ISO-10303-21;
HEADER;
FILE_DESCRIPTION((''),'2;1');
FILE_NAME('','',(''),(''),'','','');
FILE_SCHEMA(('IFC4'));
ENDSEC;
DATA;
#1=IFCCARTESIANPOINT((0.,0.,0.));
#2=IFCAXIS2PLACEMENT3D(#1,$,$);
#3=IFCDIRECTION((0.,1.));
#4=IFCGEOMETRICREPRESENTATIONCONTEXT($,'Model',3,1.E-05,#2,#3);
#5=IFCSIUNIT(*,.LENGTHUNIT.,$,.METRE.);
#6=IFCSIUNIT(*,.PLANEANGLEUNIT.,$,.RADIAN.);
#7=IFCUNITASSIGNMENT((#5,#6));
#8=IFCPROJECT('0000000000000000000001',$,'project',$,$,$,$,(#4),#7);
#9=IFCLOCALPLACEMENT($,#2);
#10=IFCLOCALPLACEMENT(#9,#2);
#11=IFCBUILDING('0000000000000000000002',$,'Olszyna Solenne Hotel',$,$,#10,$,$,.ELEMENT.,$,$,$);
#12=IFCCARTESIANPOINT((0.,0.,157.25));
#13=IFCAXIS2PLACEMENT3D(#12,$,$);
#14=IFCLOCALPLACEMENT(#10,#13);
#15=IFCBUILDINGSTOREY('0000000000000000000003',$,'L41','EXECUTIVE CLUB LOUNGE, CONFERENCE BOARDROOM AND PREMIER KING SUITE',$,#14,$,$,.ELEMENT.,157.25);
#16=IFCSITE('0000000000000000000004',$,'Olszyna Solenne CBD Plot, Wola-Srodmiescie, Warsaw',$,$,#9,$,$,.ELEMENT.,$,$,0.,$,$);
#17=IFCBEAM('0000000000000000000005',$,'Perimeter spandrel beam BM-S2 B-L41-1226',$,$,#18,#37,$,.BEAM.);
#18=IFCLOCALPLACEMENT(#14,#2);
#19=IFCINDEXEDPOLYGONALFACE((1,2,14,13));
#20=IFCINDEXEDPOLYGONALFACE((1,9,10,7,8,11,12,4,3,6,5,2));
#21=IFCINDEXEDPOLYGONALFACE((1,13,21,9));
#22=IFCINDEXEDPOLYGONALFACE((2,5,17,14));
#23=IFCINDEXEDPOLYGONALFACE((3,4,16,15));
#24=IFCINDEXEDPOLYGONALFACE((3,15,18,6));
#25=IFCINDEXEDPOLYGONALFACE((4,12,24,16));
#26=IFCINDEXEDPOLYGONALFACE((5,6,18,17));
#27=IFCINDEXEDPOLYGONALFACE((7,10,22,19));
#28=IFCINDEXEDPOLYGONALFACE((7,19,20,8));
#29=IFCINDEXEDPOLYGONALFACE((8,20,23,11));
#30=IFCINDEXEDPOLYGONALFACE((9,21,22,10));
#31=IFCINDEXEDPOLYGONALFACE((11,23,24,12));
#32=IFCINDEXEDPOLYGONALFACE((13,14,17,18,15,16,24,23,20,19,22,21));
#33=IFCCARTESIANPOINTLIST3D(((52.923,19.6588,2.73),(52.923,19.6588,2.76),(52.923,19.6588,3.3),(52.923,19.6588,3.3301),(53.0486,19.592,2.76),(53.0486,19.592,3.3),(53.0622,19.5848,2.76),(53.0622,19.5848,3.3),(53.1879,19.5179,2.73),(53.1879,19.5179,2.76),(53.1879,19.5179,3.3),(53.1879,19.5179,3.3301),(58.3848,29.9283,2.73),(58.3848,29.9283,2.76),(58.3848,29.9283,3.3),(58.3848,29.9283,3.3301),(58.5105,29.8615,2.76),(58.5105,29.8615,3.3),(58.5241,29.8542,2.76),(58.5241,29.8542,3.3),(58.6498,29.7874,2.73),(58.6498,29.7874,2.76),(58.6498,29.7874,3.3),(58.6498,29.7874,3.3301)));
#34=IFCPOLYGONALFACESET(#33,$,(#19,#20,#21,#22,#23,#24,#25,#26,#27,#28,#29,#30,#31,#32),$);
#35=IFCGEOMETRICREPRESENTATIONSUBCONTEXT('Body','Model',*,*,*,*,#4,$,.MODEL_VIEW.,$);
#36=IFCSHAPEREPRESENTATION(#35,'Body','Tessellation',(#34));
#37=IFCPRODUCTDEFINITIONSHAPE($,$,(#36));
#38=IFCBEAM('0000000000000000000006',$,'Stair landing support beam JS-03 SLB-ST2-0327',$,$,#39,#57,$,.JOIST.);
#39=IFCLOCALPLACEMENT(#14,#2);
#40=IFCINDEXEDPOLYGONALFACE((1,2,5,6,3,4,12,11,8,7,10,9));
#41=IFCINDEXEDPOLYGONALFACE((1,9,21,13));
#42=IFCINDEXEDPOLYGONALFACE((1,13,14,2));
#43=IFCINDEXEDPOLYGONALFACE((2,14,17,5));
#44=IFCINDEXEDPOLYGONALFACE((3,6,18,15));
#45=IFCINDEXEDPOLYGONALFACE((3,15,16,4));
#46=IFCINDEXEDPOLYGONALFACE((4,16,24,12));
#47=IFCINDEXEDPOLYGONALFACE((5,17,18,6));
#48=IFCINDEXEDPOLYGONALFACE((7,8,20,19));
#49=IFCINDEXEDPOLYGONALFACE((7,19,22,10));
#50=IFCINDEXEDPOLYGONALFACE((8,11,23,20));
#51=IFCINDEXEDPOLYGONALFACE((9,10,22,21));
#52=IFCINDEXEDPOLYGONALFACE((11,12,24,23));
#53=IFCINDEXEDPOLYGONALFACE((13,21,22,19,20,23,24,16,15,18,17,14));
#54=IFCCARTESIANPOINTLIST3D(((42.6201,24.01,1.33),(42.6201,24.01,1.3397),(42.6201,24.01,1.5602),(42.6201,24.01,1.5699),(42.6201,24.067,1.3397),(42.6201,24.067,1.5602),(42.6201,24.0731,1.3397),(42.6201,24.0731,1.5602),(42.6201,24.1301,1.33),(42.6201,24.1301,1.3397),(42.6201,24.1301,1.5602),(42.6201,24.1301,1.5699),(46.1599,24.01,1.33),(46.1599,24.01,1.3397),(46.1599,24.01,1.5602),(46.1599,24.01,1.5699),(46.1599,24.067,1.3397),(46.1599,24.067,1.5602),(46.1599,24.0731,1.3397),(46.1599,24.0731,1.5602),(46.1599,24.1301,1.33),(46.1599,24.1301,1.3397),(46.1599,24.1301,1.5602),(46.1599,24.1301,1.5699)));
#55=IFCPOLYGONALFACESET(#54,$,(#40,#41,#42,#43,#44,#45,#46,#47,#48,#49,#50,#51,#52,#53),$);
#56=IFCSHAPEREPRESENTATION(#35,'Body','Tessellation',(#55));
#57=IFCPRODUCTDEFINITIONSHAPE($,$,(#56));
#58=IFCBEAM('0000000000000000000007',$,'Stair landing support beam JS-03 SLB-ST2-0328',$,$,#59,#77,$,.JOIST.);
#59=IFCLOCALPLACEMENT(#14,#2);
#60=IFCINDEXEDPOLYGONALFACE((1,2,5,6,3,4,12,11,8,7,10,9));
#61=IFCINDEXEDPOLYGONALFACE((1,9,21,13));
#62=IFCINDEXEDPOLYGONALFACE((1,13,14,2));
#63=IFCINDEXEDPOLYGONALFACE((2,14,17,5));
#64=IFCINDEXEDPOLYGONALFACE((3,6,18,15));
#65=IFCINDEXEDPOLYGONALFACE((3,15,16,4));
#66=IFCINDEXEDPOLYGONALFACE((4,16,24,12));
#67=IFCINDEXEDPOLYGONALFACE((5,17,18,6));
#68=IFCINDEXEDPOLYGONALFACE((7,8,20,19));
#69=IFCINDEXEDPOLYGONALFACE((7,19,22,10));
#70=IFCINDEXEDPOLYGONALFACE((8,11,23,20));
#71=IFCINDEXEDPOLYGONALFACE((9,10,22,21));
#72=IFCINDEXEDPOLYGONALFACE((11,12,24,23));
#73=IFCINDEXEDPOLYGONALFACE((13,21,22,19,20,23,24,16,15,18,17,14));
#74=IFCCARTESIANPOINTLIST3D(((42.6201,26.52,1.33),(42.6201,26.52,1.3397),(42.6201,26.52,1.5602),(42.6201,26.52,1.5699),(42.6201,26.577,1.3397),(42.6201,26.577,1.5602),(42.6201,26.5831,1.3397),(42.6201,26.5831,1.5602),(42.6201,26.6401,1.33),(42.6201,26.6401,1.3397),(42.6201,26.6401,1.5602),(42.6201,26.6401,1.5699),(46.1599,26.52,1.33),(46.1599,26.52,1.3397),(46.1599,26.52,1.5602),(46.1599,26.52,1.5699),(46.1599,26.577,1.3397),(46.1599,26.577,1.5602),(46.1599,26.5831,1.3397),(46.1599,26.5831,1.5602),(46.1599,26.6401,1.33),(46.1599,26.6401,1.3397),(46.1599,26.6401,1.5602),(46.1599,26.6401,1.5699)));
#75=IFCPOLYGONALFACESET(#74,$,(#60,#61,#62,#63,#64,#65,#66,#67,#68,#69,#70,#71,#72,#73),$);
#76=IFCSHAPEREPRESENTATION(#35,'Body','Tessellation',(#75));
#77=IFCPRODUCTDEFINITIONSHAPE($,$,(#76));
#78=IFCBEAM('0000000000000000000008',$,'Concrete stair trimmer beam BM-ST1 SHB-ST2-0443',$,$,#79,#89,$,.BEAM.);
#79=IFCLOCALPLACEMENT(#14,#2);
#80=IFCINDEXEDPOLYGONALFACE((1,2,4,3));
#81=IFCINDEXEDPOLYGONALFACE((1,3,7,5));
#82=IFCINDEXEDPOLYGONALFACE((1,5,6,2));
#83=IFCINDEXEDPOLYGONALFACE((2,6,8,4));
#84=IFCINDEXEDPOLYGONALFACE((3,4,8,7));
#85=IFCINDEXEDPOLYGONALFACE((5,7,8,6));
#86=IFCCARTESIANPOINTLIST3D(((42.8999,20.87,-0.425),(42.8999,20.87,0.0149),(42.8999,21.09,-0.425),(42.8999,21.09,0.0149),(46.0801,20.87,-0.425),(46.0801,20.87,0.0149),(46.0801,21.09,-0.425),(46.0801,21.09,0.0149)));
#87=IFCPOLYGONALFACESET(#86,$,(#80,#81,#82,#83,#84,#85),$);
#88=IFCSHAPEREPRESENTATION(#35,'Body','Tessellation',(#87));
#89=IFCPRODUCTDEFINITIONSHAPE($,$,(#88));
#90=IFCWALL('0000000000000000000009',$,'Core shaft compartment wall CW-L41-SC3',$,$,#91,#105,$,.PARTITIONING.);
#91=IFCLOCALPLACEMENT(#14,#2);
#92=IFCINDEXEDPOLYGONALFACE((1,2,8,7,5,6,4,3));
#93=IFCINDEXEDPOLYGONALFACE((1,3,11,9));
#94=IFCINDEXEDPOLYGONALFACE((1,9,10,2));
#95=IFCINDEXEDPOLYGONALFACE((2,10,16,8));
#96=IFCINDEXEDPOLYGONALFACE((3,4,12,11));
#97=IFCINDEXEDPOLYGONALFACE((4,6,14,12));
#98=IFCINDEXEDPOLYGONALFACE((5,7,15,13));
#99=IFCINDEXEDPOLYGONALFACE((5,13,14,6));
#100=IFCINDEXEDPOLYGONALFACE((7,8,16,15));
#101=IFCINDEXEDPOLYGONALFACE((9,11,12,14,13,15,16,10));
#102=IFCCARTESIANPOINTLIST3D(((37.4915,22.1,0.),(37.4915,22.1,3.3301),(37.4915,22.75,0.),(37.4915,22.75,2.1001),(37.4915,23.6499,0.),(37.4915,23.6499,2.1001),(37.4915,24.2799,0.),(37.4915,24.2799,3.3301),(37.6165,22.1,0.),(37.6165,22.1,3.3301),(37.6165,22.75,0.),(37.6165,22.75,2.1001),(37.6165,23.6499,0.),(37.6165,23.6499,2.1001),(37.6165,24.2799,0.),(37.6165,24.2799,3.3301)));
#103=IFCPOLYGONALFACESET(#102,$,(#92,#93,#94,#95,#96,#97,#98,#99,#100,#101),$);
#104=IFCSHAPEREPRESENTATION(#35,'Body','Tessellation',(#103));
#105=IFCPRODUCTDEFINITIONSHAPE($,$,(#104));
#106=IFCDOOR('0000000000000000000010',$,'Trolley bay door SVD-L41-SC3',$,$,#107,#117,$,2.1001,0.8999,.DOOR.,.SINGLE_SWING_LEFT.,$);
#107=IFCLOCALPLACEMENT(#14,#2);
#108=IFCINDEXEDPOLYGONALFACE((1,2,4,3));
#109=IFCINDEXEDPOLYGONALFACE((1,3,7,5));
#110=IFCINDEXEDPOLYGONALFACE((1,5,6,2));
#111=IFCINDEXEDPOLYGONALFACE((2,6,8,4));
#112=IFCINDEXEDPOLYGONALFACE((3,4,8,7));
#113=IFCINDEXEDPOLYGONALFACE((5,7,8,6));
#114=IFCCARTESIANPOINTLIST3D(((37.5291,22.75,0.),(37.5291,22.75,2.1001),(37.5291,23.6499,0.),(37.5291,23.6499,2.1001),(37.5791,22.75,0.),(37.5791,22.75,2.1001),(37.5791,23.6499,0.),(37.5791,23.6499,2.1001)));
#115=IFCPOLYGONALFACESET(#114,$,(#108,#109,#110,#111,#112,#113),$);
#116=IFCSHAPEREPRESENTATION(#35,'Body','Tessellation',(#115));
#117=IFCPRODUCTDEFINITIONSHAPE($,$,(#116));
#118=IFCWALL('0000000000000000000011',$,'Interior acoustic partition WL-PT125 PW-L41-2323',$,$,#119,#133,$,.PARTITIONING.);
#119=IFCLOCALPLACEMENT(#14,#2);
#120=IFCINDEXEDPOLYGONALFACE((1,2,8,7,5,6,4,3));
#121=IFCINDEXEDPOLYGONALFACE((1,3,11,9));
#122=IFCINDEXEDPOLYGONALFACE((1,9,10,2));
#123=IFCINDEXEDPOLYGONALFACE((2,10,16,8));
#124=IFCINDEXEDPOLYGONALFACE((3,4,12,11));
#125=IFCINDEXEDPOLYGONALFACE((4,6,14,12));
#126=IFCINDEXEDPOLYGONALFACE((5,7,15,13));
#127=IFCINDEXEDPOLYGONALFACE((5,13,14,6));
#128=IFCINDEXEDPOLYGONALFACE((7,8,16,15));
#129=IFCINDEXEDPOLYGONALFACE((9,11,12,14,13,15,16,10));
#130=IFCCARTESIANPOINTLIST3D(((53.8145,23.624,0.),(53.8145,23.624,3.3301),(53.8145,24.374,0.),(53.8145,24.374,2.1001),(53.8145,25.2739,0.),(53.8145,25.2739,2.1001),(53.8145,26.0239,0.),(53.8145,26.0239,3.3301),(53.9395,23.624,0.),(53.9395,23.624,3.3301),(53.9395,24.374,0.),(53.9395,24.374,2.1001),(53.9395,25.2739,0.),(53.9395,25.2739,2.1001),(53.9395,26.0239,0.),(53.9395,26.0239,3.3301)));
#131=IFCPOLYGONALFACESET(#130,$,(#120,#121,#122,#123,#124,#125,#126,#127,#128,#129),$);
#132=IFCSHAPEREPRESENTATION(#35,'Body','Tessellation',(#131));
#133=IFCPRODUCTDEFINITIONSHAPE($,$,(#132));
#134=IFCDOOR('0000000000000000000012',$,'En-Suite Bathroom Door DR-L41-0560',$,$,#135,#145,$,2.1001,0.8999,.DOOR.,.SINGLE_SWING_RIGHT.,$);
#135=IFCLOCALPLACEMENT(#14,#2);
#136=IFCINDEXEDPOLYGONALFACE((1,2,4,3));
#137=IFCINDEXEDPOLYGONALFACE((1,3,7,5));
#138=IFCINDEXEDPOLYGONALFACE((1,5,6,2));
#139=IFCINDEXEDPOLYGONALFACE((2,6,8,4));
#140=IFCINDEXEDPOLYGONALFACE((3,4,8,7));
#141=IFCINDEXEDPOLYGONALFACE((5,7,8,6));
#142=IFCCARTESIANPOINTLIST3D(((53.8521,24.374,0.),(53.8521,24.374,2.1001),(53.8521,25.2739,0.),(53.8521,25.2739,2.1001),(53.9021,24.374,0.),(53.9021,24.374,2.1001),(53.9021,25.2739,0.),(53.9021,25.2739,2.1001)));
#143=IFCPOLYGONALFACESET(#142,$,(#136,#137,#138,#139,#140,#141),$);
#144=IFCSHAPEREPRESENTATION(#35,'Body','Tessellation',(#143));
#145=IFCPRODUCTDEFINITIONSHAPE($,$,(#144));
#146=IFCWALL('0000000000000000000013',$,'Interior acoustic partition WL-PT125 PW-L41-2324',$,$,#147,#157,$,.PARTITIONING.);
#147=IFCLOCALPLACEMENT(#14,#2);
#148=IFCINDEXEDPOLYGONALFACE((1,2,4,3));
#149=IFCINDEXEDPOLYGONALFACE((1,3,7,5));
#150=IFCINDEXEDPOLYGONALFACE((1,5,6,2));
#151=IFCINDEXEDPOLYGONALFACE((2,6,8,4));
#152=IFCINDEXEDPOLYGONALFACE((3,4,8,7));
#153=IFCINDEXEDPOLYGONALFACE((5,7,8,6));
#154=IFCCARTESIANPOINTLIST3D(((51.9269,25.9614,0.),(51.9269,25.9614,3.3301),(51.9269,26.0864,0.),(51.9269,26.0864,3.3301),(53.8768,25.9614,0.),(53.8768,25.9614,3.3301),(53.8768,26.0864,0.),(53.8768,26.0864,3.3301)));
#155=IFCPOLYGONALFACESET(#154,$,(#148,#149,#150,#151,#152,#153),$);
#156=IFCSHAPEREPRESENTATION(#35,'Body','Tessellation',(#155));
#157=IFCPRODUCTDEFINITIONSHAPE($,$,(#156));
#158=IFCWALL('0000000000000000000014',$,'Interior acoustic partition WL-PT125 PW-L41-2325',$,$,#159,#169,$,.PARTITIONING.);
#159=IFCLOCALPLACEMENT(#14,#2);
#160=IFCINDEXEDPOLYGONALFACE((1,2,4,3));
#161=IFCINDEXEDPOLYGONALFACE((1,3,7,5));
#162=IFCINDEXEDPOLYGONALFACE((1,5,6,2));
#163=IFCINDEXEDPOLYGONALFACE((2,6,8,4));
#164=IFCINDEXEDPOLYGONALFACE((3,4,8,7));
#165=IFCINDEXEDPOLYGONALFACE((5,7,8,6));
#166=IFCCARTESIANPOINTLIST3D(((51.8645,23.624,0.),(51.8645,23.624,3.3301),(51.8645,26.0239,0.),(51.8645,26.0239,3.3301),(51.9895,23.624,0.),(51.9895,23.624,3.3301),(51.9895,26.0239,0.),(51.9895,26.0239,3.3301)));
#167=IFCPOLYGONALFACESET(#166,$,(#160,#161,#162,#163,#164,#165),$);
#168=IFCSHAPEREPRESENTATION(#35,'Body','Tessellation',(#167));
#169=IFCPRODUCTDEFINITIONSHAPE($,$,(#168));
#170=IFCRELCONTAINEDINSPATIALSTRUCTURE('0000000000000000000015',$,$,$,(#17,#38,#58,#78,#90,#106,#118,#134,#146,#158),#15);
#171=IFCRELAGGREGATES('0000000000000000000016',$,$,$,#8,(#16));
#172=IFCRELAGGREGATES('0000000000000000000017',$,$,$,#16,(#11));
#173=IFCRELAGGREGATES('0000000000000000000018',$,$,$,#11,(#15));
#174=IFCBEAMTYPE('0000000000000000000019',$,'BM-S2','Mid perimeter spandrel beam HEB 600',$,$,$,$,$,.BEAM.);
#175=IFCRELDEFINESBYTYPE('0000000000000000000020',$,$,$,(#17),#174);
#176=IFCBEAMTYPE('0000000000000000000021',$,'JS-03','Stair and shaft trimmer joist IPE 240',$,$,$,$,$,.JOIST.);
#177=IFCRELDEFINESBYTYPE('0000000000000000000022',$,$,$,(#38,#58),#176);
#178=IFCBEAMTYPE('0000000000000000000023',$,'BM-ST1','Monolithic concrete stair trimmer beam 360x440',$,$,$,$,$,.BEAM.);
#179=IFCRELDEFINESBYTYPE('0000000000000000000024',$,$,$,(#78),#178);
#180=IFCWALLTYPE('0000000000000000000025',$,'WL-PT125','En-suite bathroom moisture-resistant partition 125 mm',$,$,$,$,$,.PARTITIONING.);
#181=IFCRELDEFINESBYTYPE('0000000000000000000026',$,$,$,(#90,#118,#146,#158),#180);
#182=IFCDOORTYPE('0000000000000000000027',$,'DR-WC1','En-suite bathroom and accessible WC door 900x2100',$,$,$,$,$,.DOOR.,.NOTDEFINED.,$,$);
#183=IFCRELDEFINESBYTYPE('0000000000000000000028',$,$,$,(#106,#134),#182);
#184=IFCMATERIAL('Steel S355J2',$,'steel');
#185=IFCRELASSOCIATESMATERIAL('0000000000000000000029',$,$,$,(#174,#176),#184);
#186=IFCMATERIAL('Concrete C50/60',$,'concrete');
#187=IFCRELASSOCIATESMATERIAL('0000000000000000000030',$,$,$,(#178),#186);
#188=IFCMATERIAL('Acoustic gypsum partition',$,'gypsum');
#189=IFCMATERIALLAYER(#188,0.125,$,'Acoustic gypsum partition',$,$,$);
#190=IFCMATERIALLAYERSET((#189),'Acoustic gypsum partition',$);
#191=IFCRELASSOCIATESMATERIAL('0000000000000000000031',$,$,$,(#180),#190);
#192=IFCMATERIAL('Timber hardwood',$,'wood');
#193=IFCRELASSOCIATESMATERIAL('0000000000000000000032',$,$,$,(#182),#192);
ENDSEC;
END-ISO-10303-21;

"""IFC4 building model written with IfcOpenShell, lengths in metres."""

from ifc_helpers import new_model, si_unit, direction, frame, frame_2d, origin, origin_2d, place, context, subcontext, project, spatial, rectangle, i_section, extrude, source, transform, mapped, material, layer, layer_set, material_profile, profile_set, type_object, type_shapes, element, fill, save


model = new_model("IFC4")

# Units and contexts
model_context = context("Model", 3, precision=1e-05, world=origin(), true_north=direction((0.0, 1.0)))
body_context = subcontext(model_context, "Body", "Model", "MODEL_VIEW")
ifc_project = project(units=[si_unit("LENGTHUNIT", "METRE"), si_unit("PLANEANGLEUNIT", "RADIAN")], contexts=[model_context])

# Site, building, storey
site_placement = place(None, origin())
site = spatial("IfcSite", under=ifc_project, at=site_placement, Name="Olszyna Solenne CBD Plot, Wola-Srodmiescie, Warsaw", CompositionType="ELEMENT", RefElevation=0.0)
building_placement = place(site_placement, origin())
building = spatial("IfcBuilding", under=site, at=building_placement, Name="Olszyna Solenne Hotel", CompositionType="ELEMENT")
storey_placement = place(building_placement, frame((0.0, 0.0, 157.25)))
storey = spatial("IfcBuildingStorey", under=building, at=storey_placement, Name="L41", Description="EXECUTIVE CLUB LOUNGE, CONFERENCE BOARDROOM AND PREMIER KING SUITE", CompositionType="ELEMENT", Elevation=157.25)

# Beams
ifc_material_1 = material(Name="Steel S355J2", Category="steel")
ifc_material_profile_1 = material_profile(ifc_material_1, i_section(OverallWidth=0.3, OverallDepth=0.6001, WebThickness=0.0154, FlangeThickness=0.03, at=origin_2d()), Name="HEB 600", Category="load-bearing")
ifc_profile_set_1 = profile_set([ifc_material_profile_1], Name="Steel S355J2")
beam_type_1 = type_object("IfcBeamType", Name="BM-S2", Description="Mid perimeter spandrel beam HEB 600", PredefinedType="BEAM", material=ifc_profile_set_1)
shared_shape_1 = source(origin(), body_context, "Body", "SweptSolid", [
    extrude(i_section(OverallWidth=0.3, OverallDepth=0.6001, WebThickness=0.0154, FlangeThickness=0.03, at=origin_2d()), origin(), (0.0, 0.0, 1.0), 11.6316),
])
beam_1_placement = place(storey_placement, frame((53.0554, 19.5884, 3.03), z_axis=(0.469573, 0.882894, 0.0), x_axis=(-0.882894, 0.469573, 0.0)))
element("IfcBeam", 1, at=beam_1_placement, inside=storey, type_object=beam_type_1, Name="Perimeter spandrel beam BM-S2 B-L41-1226", PredefinedType="BEAM", context=body_context, shape_type="MappedRepresentation", body=[
    mapped(shared_shape_1, transform((0.0, 0.0, 0.0), x_axis=(1.0, 0.0, 0.0), y_axis=(0.0, 1.0, 0.0), z_axis=(0.0, 0.0, 1.0), scale=1.0)),
])
ifc_material_profile_2 = material_profile(ifc_material_1, i_section(OverallWidth=0.1201, OverallDepth=0.24, WebThickness=0.0061, FlangeThickness=0.0098, at=origin_2d()), Name="IPE 240", Category="load-bearing")
ifc_profile_set_2 = profile_set([ifc_material_profile_2], Name="Steel S355J2")
beam_type_2 = type_object("IfcBeamType", Name="JS-03", Description="Stair and shaft trimmer joist IPE 240", PredefinedType="JOIST", material=ifc_profile_set_2)
shared_shape_2 = source(origin(), body_context, "Body", "SweptSolid", [
    extrude(i_section(OverallWidth=0.1201, OverallDepth=0.24, WebThickness=0.0061, FlangeThickness=0.0098, at=origin_2d()), origin(), (0.0, 0.0, 1.0), 3.5398),
])
for number, where, z_axis, x_axis, name in (
    (2, (46.1599, 24.0701, 1.45), (-1.0, 0.0, 0.0), (0.0, -1.0, 0.0), "Stair landing support beam JS-03 SLB-ST2-0327"),
    (3, (46.1599, 26.5801, 1.45), (-1.0, 0.0, 0.0), (0.0, -1.0, 0.0), "Stair landing support beam JS-03 SLB-ST2-0328"),
):
    element("IfcBeam", number, at=place(storey_placement, frame(where, z_axis=z_axis, x_axis=x_axis)), inside=storey, type_object=beam_type_2, Name=name, PredefinedType="JOIST", context=body_context, shape_type="MappedRepresentation", body=[
        mapped(shared_shape_2, transform((0.0, 0.0, 0.0), x_axis=(1.0, 0.0, 0.0), y_axis=(0.0, 1.0, 0.0), z_axis=(0.0, 0.0, 1.0), scale=1.0)),
    ])
ifc_material_2 = material(Name="Concrete C50/60", Category="concrete")
ifc_material_profile_3 = material_profile(ifc_material_2, rectangle(XDim=0.22, YDim=0.4399, at=origin_2d()), Name="RC 220x440", Category="load-bearing")
ifc_profile_set_3 = profile_set([ifc_material_profile_3], Name="Concrete C50/60")
beam_type_3 = type_object("IfcBeamType", Name="BM-ST1", Description="Monolithic concrete stair trimmer beam 360x440", PredefinedType="BEAM", material=ifc_profile_set_3)
shared_shape_3 = source(origin(), body_context, "Body", "SweptSolid", [
    extrude(rectangle(XDim=0.22, YDim=0.4399, at=origin_2d()), origin(), (0.0, 0.0, 1.0), 3.1802),
])
beam_2_placement = place(storey_placement, frame((46.0801, 20.98, -0.2051), z_axis=(-1.0, 0.0, 0.0), x_axis=(0.0, -1.0, 0.0)))
element("IfcBeam", 4, at=beam_2_placement, inside=storey, type_object=beam_type_3, Name="Concrete stair trimmer beam BM-ST1 SHB-ST2-0443", PredefinedType="BEAM", context=body_context, shape_type="MappedRepresentation", body=[
    mapped(shared_shape_3, transform((0.0, 0.0, 0.0), x_axis=(1.0, 0.0, 0.0), y_axis=(0.0, 1.0, 0.0), z_axis=(0.0, 0.0, 1.0), scale=1.0)),
])

# Walls, openings, doors
ifc_material_3 = material(Name="Acoustic gypsum partition", Category="gypsum")
ifc_layer_1 = layer(ifc_material_3, 0.125, Name="Acoustic gypsum partition")
ifc_layer_set_1 = layer_set([ifc_layer_1], Name="Acoustic gypsum partition")
wall_type_1 = type_object("IfcWallType", Name="WL-PT125", Description="En-suite bathroom moisture-resistant partition 125 mm", PredefinedType="PARTITIONING", material=ifc_layer_set_1)
wall_1_placement = place(storey_placement, frame((37.554, 22.1001, 0.0), z_axis=(0.0, 0.0, 1.0), x_axis=(0.0, 1.0, 0.0)))
wall_1 = element("IfcWall", 5, at=wall_1_placement, inside=storey, type_object=wall_type_1, Name="Core shaft compartment wall CW-L41-SC3", PredefinedType="PARTITIONING", context=body_context, shape_type="SweptSolid", body=[
    extrude(rectangle(XDim=2.1799, YDim=0.125, at=frame_2d((1.0898, 0.0))), origin(), (0.0, 0.0, 1.0), 3.3301),
])
opening_1_placement = place(wall_1_placement, frame((0.6499, 0.0, 0.0)))
opening_1 = element("IfcOpeningElement", 6, at=opening_1_placement, cuts=wall_1, PredefinedType="OPENING", context=body_context, shape_type="SweptSolid", body=[
    extrude(rectangle(XDim=0.8999, YDim=2.1001, at=frame_2d((0.45, 1.05))), frame((0.0, 0.0725, 0.0), z_axis=(0.0, -1.0, 0.0), x_axis=(1.0, 0.0, 0.0)), (0.0, 0.0, 1.0), 0.145),
])
ifc_material_4 = material(Name="Timber hardwood", Category="wood")
door_type_1 = type_object("IfcDoorType", Name="DR-WC1", Description="En-suite bathroom and accessible WC door 900x2100", OperationType="NOTDEFINED", PredefinedType="DOOR", material=ifc_material_4)
shared_shape_4 = source(origin(), body_context, "Body", "SweptSolid", [
    extrude(rectangle(XDim=0.8999, YDim=2.1001, at=frame_2d((0.45, 1.05))), frame((0.0, 0.0249, 0.0), z_axis=(0.0, -1.0, 0.0), x_axis=(1.0, 0.0, 0.0)), (0.0, 0.0, 1.0), 0.05),
])
type_shapes(door_type_1, [shared_shape_4])
door_1_placement = place(opening_1_placement, origin())
door_1 = element("IfcDoor", 7, at=door_1_placement, inside=storey, type_object=door_type_1, Name="Trolley bay door SVD-L41-SC3", OperationType="SINGLE_SWING_LEFT", OverallHeight=2.1001, OverallWidth=0.8999, PredefinedType="DOOR", context=body_context, shape_type="MappedRepresentation", body=[
    mapped(shared_shape_4, transform((0.0, 0.0, 0.0), x_axis=(1.0, 0.0, 0.0), y_axis=(0.0, 1.0, 0.0), z_axis=(0.0, 0.0, 1.0), scale=1.0)),
])
fill(opening_1, door_1)
wall_2_placement = place(storey_placement, frame((53.877, 23.624, 0.0), z_axis=(0.0, 0.0, 1.0), x_axis=(0.0, 1.0, 0.0)))
wall_2 = element("IfcWall", 8, at=wall_2_placement, inside=storey, type_object=wall_type_1, Name="Interior acoustic partition WL-PT125 PW-L41-2323", PredefinedType="PARTITIONING", context=body_context, shape_type="SweptSolid", body=[
    extrude(rectangle(XDim=2.3999, YDim=0.125, at=frame_2d((1.2, 0.0))), origin(), (0.0, 0.0, 1.0), 3.3301),
])
opening_2_placement = place(wall_2_placement, frame((0.75, 0.0, 0.0)))
opening_2 = element("IfcOpeningElement", 9, at=opening_2_placement, cuts=wall_2, PredefinedType="OPENING", context=body_context, shape_type="SweptSolid", body=[
    extrude(rectangle(XDim=0.8999, YDim=2.1001, at=frame_2d((0.45, 1.05))), frame((0.0, 0.0725, 0.0), z_axis=(0.0, -1.0, 0.0), x_axis=(1.0, 0.0, 0.0)), (0.0, 0.0, 1.0), 0.145),
])
door_2_placement = place(opening_2_placement, origin())
door_2 = element("IfcDoor", 10, at=door_2_placement, inside=storey, type_object=door_type_1, Name="En-Suite Bathroom Door DR-L41-0560", OperationType="SINGLE_SWING_RIGHT", OverallHeight=2.1001, OverallWidth=0.8999, PredefinedType="DOOR", context=body_context, shape_type="MappedRepresentation", body=[
    mapped(shared_shape_4, transform((0.0, 0.0, 0.0), x_axis=(1.0, 0.0, 0.0), y_axis=(0.0, 1.0, 0.0), z_axis=(0.0, 0.0, 1.0), scale=1.0)),
])
fill(opening_2, door_2)

# Walls
wall_3_placement = place(storey_placement, frame((53.877, 26.0239, 0.0), z_axis=(0.0, 0.0, 1.0), x_axis=(-1.0, 0.0, 0.0)))
element("IfcWall", 11, at=wall_3_placement, inside=storey, type_object=wall_type_1, Name="Interior acoustic partition WL-PT125 PW-L41-2324", PredefinedType="PARTITIONING", context=body_context, shape_type="SweptSolid", body=[
    extrude(rectangle(XDim=1.95, YDim=0.125, at=frame_2d((0.9751, 0.0))), origin(), (0.0, 0.0, 1.0), 3.3301),
])
wall_4_placement = place(storey_placement, frame((51.927, 26.0239, 0.0), z_axis=(0.0, 0.0, 1.0), x_axis=(0.0, -1.0, 0.0)))
element("IfcWall", 12, at=wall_4_placement, inside=storey, type_object=wall_type_1, Name="Interior acoustic partition WL-PT125 PW-L41-2325", PredefinedType="PARTITIONING", context=body_context, shape_type="SweptSolid", body=[
    extrude(rectangle(XDim=2.3999, YDim=0.125, at=frame_2d((1.2, 0.0))), origin(), (0.0, 0.0, 1.0), 3.3301),
])

save(model, "model.ifc")
